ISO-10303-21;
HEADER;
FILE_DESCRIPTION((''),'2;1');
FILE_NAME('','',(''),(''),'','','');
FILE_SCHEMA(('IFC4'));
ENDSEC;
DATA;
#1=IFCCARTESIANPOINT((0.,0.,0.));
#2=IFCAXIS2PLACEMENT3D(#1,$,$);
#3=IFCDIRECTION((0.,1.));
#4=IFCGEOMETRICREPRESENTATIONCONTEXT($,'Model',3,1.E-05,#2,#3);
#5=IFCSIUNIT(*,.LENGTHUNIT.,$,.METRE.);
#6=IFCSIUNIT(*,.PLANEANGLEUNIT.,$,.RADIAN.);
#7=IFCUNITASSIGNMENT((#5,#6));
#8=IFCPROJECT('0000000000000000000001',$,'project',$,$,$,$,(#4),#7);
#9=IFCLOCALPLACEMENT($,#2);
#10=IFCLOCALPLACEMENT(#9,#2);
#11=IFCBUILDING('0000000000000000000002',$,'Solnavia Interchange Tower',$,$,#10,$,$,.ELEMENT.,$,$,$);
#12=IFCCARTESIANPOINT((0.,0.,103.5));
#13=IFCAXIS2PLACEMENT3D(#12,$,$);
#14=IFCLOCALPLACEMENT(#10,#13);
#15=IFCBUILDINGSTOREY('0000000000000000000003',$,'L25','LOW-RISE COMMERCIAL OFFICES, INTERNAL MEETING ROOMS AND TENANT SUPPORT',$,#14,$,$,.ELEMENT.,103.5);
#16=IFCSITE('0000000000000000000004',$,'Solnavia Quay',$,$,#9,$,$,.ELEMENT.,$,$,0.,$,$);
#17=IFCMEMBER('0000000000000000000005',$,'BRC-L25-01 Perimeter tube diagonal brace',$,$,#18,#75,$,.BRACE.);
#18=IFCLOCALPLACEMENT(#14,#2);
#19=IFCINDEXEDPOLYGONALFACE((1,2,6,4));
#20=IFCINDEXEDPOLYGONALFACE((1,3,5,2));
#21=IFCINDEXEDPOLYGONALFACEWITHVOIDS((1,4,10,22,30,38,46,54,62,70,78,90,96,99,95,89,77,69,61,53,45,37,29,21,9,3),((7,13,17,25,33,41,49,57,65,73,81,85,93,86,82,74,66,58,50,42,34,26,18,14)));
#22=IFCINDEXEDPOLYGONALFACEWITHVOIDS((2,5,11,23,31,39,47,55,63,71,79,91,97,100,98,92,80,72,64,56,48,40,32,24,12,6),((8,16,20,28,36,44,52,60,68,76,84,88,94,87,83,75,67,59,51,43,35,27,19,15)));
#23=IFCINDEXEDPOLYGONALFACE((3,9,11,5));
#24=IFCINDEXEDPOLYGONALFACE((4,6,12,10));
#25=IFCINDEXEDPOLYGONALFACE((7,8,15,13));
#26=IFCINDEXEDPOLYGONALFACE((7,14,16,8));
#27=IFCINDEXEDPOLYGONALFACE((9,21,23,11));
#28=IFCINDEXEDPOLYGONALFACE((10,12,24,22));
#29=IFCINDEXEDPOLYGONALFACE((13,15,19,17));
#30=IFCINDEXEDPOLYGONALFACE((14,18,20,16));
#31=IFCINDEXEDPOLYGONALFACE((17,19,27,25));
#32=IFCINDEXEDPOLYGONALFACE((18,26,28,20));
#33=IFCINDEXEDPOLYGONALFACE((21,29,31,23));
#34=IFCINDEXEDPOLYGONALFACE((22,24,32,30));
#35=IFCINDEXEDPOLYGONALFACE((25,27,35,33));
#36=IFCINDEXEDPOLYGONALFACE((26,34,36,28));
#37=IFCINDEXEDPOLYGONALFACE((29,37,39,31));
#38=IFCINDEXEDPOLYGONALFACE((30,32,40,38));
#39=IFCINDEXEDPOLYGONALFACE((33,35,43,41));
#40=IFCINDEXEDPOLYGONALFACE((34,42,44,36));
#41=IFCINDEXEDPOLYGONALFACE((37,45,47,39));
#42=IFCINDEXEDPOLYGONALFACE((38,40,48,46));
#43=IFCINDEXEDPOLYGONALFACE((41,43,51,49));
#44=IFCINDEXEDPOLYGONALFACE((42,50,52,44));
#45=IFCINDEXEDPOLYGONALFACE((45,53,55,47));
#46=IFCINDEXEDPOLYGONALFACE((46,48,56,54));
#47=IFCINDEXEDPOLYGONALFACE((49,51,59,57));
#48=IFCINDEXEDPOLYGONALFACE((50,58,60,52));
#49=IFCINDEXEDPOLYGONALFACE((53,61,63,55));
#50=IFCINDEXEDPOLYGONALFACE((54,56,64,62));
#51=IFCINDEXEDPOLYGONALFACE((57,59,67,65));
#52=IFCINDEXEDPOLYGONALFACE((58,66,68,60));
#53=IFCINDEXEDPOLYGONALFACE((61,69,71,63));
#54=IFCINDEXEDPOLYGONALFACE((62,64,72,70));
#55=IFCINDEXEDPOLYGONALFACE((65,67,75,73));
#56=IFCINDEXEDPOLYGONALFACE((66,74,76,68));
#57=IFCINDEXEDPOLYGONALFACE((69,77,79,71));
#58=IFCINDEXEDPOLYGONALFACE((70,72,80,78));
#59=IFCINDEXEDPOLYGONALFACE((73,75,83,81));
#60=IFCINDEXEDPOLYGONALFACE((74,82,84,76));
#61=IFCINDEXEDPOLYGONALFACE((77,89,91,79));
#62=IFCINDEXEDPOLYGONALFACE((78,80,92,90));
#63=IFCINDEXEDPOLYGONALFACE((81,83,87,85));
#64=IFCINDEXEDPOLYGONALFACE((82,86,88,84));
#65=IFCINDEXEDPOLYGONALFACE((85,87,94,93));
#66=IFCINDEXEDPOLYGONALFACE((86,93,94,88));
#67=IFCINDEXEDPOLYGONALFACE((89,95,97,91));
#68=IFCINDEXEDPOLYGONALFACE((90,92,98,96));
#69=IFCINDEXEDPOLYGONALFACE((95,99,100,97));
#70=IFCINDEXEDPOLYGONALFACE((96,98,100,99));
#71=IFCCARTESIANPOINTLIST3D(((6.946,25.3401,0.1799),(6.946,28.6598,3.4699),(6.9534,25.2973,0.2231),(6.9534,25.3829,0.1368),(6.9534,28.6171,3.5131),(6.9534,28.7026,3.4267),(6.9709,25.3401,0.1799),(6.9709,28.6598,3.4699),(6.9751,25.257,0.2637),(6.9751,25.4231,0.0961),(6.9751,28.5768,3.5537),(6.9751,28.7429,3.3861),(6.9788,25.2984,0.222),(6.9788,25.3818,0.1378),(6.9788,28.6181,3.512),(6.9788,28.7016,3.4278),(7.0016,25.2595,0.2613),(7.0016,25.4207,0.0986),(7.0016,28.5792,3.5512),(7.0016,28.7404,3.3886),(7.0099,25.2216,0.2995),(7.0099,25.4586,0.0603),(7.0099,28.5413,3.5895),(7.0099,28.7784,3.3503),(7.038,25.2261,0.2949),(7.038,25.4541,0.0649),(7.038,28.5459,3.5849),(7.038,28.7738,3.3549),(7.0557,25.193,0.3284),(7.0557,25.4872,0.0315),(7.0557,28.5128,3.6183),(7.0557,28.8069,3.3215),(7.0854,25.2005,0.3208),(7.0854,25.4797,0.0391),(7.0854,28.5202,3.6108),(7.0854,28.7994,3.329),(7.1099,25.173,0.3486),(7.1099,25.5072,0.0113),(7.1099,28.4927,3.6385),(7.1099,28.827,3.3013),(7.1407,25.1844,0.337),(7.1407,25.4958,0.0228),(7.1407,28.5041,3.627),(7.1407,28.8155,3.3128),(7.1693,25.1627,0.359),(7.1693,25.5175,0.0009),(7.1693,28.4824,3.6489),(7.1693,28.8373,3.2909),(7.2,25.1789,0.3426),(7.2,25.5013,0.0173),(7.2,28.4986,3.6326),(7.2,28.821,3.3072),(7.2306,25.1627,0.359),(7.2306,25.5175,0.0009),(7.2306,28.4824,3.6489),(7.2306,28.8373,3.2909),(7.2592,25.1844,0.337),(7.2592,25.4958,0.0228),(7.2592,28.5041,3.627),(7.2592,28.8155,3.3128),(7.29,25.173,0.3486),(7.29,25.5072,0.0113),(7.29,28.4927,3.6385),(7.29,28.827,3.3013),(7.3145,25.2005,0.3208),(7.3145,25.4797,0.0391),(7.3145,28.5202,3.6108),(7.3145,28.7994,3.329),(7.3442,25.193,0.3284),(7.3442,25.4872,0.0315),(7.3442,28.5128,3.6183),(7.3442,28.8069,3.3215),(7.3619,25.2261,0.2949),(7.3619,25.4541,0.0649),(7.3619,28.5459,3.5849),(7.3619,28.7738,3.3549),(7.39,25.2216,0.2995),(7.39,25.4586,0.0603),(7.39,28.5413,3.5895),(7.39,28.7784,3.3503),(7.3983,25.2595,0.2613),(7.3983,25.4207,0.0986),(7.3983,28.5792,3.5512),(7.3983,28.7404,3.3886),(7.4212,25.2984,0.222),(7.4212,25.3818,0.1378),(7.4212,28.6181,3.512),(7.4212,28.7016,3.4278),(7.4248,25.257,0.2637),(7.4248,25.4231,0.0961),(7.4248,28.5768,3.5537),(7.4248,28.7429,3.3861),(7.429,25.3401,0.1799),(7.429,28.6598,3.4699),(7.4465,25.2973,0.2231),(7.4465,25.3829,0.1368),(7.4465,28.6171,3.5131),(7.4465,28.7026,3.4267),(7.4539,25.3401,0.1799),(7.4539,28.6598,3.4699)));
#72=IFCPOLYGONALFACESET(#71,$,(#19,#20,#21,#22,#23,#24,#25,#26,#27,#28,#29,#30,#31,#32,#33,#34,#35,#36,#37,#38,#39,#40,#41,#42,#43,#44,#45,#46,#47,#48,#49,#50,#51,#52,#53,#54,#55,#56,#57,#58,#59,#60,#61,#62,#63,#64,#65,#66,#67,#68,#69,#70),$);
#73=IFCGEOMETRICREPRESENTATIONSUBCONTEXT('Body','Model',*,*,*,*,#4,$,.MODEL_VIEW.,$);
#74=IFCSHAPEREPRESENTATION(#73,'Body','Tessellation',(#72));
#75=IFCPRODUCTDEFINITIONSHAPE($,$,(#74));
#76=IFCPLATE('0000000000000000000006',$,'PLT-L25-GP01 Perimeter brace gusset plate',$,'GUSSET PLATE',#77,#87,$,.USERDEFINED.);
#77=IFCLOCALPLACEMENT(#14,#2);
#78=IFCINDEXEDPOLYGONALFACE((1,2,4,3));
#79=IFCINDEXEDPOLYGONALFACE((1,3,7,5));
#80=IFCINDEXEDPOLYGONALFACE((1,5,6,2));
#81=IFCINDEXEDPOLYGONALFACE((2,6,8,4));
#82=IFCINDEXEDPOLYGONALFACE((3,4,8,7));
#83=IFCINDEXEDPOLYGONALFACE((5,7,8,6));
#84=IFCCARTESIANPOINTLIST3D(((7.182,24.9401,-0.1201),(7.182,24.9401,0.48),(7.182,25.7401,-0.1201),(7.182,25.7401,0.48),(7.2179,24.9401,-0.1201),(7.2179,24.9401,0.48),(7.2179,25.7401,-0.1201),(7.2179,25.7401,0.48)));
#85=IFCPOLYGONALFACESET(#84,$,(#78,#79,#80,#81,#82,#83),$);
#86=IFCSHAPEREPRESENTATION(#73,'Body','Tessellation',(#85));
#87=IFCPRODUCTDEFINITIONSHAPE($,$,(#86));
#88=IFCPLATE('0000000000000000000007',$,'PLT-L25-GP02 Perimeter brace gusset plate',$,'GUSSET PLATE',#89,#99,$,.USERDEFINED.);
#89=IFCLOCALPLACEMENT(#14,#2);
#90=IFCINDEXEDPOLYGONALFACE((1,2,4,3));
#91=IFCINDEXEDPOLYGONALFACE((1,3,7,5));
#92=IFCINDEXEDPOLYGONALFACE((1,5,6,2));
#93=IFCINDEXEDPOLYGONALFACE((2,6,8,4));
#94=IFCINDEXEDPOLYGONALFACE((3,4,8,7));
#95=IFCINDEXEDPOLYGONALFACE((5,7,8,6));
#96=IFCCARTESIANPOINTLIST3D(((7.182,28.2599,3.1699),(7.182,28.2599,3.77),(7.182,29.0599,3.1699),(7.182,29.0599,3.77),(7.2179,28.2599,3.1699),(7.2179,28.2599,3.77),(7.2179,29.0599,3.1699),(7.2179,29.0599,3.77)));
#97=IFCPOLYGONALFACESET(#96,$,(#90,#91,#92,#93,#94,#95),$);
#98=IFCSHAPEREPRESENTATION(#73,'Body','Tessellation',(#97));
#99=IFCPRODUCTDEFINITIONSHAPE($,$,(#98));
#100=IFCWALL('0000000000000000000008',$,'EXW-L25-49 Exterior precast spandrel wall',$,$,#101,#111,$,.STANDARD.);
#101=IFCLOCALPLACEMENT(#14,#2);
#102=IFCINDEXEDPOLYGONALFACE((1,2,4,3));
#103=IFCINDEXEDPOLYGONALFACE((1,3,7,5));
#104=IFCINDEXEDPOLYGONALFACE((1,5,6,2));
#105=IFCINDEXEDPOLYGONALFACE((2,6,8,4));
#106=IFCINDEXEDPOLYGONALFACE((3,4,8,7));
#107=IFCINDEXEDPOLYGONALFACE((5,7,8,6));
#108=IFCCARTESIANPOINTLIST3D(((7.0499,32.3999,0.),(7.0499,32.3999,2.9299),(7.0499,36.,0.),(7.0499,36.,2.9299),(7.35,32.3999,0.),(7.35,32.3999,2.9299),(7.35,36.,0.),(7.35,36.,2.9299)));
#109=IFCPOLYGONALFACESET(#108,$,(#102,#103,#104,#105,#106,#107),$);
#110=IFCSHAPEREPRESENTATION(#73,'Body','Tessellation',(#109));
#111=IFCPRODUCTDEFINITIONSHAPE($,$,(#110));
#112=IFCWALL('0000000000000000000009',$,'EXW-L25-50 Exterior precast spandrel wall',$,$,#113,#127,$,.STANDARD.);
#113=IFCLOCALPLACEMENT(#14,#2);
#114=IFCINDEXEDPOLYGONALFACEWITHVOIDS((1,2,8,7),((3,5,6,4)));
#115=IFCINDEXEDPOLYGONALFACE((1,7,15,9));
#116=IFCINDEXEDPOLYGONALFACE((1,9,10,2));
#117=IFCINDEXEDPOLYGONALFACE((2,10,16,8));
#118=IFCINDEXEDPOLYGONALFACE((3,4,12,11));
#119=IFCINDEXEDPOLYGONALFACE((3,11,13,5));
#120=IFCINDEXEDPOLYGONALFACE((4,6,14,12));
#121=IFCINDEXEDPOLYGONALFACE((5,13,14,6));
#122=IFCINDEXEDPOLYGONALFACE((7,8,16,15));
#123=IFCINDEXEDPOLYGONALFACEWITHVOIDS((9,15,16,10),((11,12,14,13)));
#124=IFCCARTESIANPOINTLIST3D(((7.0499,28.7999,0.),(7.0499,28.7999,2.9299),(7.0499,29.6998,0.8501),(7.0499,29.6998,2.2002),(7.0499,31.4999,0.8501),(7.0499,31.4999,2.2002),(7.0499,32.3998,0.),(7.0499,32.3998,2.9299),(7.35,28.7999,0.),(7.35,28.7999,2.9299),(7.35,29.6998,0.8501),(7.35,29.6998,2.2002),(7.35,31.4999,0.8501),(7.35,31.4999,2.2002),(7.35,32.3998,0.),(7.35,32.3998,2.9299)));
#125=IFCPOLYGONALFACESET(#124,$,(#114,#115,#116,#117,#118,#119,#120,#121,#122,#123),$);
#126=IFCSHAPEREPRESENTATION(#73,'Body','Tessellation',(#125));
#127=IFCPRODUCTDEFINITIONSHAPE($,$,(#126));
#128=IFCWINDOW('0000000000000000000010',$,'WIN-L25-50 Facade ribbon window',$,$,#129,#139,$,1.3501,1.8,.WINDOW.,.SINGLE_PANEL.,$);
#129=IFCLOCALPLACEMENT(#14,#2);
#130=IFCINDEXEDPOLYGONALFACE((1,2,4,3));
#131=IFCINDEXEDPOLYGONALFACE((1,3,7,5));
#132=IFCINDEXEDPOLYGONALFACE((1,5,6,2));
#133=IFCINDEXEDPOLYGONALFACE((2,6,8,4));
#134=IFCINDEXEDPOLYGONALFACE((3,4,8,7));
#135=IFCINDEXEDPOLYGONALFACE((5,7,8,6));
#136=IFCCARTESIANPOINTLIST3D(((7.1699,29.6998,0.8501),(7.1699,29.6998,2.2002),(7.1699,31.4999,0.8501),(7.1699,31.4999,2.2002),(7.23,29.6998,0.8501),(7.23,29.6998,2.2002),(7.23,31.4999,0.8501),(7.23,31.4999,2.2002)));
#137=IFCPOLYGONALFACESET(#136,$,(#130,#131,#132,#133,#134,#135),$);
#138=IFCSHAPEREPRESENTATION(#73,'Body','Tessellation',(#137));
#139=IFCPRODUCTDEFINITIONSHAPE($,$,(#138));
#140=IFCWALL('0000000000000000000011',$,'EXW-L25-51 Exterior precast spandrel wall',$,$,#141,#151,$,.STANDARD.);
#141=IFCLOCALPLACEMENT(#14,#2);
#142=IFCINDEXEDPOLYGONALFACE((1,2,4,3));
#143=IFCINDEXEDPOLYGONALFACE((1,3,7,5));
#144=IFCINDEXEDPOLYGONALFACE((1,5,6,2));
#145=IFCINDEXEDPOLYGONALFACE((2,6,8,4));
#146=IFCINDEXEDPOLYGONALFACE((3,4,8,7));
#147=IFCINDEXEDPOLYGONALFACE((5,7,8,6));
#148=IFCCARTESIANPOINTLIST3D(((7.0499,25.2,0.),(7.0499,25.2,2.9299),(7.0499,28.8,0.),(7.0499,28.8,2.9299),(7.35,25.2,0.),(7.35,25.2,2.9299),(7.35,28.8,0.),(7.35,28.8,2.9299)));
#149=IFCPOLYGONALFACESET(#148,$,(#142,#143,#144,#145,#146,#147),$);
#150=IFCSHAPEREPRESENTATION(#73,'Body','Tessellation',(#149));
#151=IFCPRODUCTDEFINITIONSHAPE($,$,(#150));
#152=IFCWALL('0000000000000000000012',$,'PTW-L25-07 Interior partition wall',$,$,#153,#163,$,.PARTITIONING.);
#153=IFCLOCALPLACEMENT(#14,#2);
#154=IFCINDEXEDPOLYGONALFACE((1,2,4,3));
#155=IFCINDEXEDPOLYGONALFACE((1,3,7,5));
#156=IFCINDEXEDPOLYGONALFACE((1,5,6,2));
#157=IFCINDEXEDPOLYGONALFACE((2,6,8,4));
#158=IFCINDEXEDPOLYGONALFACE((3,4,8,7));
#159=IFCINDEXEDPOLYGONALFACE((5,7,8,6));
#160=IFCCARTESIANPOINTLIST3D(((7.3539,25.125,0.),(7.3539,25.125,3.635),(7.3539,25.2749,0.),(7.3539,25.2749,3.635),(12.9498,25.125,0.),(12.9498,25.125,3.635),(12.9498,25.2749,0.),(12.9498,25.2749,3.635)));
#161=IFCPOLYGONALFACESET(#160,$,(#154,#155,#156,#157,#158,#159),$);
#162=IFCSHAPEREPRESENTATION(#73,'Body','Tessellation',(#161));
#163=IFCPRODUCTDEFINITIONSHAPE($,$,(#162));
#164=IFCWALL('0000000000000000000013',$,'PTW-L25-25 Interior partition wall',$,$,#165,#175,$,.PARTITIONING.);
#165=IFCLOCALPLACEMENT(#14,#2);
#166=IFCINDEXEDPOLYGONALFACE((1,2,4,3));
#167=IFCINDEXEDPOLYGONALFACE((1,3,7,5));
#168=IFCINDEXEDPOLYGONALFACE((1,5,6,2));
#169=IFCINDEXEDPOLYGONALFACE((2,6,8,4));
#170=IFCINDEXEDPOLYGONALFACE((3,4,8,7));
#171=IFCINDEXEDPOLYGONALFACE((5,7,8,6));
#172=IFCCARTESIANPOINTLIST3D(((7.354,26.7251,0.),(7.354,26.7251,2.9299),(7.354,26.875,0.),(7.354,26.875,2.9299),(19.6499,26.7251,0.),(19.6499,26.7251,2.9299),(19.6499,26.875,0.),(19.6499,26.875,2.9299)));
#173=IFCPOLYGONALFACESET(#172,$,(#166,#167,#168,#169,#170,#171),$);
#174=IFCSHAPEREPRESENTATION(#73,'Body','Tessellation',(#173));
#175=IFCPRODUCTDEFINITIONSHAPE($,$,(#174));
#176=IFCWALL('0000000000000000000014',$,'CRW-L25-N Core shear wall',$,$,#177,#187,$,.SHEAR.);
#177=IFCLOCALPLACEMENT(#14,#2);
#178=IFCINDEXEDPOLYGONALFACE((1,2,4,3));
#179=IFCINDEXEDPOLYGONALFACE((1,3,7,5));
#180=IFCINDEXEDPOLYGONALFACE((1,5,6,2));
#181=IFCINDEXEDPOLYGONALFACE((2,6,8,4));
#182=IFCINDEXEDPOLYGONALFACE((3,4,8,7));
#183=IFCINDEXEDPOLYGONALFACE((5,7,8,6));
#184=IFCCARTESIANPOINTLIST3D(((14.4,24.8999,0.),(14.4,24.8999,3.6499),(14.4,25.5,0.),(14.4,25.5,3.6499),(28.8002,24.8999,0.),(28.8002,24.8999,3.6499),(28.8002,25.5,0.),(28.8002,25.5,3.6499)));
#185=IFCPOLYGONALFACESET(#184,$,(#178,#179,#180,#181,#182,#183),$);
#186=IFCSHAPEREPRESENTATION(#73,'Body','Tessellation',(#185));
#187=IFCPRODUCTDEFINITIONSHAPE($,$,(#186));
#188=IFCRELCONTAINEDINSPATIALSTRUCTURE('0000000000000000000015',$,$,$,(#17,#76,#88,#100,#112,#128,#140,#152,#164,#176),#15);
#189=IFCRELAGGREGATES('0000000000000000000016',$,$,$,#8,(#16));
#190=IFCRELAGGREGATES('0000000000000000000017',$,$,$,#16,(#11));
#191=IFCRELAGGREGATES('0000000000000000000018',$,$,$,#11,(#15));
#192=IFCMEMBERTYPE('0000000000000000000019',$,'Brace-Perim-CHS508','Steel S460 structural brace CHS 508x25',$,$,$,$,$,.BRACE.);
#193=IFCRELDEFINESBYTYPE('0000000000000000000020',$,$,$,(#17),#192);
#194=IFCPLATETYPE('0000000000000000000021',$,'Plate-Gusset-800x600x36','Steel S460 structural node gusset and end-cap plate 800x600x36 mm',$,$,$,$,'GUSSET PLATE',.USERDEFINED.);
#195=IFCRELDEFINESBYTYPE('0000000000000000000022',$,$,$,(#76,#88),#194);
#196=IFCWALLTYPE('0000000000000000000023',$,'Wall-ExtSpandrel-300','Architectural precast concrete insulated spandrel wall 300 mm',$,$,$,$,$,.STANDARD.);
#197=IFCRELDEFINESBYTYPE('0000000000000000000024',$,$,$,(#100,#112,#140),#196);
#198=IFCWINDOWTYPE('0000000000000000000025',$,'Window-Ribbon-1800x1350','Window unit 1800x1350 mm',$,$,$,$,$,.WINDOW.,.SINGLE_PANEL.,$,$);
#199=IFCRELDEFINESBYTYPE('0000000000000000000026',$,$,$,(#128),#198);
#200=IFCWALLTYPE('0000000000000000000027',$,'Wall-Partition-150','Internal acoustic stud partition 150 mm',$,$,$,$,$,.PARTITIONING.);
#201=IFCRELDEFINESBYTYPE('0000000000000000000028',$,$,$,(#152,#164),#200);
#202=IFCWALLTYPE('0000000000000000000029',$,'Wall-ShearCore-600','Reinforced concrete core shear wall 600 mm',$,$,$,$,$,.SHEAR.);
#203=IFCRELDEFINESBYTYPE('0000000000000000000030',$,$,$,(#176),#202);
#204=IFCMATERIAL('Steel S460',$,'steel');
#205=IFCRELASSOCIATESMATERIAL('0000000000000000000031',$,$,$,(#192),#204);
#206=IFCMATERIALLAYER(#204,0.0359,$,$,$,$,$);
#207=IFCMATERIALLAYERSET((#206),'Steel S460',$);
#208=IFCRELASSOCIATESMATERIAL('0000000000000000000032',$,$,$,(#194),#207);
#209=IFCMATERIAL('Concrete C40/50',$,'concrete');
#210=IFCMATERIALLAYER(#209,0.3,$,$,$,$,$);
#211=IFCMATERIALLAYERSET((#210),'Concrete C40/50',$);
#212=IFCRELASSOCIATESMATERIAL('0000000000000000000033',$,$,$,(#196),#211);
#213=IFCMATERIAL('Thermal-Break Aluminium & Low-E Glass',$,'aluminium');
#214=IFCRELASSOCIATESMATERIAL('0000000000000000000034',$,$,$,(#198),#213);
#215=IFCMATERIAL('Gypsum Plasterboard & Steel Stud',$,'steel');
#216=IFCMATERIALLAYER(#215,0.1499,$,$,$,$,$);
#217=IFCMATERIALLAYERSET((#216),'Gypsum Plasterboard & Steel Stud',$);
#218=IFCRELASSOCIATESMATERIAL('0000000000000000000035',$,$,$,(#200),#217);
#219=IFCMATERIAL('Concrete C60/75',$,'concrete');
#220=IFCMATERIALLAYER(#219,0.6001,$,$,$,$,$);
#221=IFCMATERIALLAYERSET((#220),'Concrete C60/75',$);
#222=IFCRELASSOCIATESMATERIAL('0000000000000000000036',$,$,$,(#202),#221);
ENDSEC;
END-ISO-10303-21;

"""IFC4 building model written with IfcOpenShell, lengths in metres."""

from ifc_helpers import new_model, si_unit, direction, frame, frame_2d, origin, origin_2d, place, context, subcontext, project, spatial, rectangle, hollow_circle, extrude, material, layer, layer_set, material_profile, profile_set, type_object, element, fill, save


model = new_model("IFC4")

# Units and contexts
model_context = context("Model", 3, precision=1e-05, world=origin(), true_north=direction((0.0, 1.0)))
body_context = subcontext(model_context, "Body", "Model", "MODEL_VIEW")
ifc_project = project(units=[si_unit("LENGTHUNIT", "METRE"), si_unit("PLANEANGLEUNIT", "RADIAN")], contexts=[model_context])

# Site, building, storey
site_placement = place(None, origin())
site = spatial("IfcSite", under=ifc_project, at=site_placement, Name="Solnavia Quay", CompositionType="ELEMENT", RefElevation=0.0)
building_placement = place(site_placement, origin())
building = spatial("IfcBuilding", under=site, at=building_placement, Name="Solnavia Interchange Tower", CompositionType="ELEMENT")
storey_placement = place(building_placement, frame((0.0, 0.0, 103.5)))
storey = spatial("IfcBuildingStorey", under=building, at=storey_placement, Name="L25", Description="LOW-RISE COMMERCIAL OFFICES, INTERNAL MEETING ROOMS AND TENANT SUPPORT", CompositionType="ELEMENT", Elevation=103.5)

# Member
ifc_material_1 = material(Name="Steel S460", Category="steel")
ifc_material_profile_1 = material_profile(ifc_material_1, hollow_circle(Radius=0.2539, WallThickness=0.0249, at=origin_2d()), Name="CHS 508x25")
ifc_profile_set_1 = profile_set([ifc_material_profile_1], Name="Steel S460")
member_type = type_object("IfcMemberType", Name="Brace-Perim-CHS508", Description="Steel S460 structural brace CHS 508x25", PredefinedType="BRACE", material=ifc_profile_set_1)
member_placement = place(storey_placement, frame((7.2, 25.3401, 0.1799), z_axis=(0.0, 0.710286, 0.703913), x_axis=(-1.0, 0.0, 0.0)))
element("IfcMember", 1, at=member_placement, inside=storey, type_object=member_type, Name="BRC-L25-01 Perimeter tube diagonal brace", PredefinedType="BRACE", context=body_context, shape_type="SweptSolid", body=[
    extrude(hollow_circle(Radius=0.2539, WallThickness=0.0249, at=origin_2d()), origin(), (0.0, 0.0, 1.0), 4.6738),
])

# Plates
ifc_layer_1 = layer(ifc_material_1, 0.0359)
ifc_layer_set_1 = layer_set([ifc_layer_1], Name="Steel S460")
plate_type = type_object("IfcPlateType", Name="Plate-Gusset-800x600x36", Description="Steel S460 structural node gusset and end-cap plate 800x600x36 mm", ElementType="GUSSET PLATE", PredefinedType="USERDEFINED", material=ifc_layer_set_1)
for number, where, z_axis, x_axis, name in (
    (2, (7.2, 25.3401, -0.1201), (0.0, 0.0, 1.0), (0.0, 1.0, 0.0), "PLT-L25-GP01 Perimeter brace gusset plate"),
    (3, (7.2, 28.6599, 3.1699), (0.0, 0.0, 1.0), (0.0, 1.0, 0.0), "PLT-L25-GP02 Perimeter brace gusset plate"),
):
    element("IfcPlate", number, at=place(storey_placement, frame(where, z_axis=z_axis, x_axis=x_axis)), inside=storey, type_object=plate_type, Name=name, ObjectType="GUSSET PLATE", PredefinedType="USERDEFINED", context=body_context, shape_type="SweptSolid", body=[
        extrude(rectangle(XDim=0.8, YDim=0.0359, at=origin_2d()), origin(), (0.0, 0.0, 1.0), 0.6001),
    ])

# Wall
ifc_material_2 = material(Name="Concrete C40/50", Category="concrete")
ifc_layer_2 = layer(ifc_material_2, 0.3)
ifc_layer_set_2 = layer_set([ifc_layer_2], Name="Concrete C40/50")
wall_type_1 = type_object("IfcWallType", Name="Wall-ExtSpandrel-300", Description="Architectural precast concrete insulated spandrel wall 300 mm", PredefinedType="STANDARD", material=ifc_layer_set_2)
wall_1_placement = place(storey_placement, frame((7.2, 32.3999, 0.0), z_axis=(0.0, 0.0, 1.0), x_axis=(0.0, 1.0, 0.0)))
element("IfcWall", 4, at=wall_1_placement, inside=storey, type_object=wall_type_1, Name="EXW-L25-49 Exterior precast spandrel wall", PredefinedType="STANDARD", context=body_context, shape_type="SweptSolid", body=[
    extrude(rectangle(XDim=3.6001, YDim=0.3, at=frame_2d((1.8, 0.0))), origin(), (0.0, 0.0, 1.0), 2.9299),
])

# Wall, opening, window
wall_2_placement = place(storey_placement, frame((7.2, 28.8, 0.0), z_axis=(0.0, 0.0, 1.0), x_axis=(0.0, 1.0, 0.0)))
wall_2 = element("IfcWall", 5, at=wall_2_placement, inside=storey, type_object=wall_type_1, Name="EXW-L25-50 Exterior precast spandrel wall", PredefinedType="STANDARD", context=body_context, shape_type="SweptSolid", body=[
    extrude(rectangle(XDim=3.5999, YDim=0.3, at=frame_2d((1.7998, 0.0))), origin(), (0.0, 0.0, 1.0), 2.9299),
])
opening_placement = place(wall_2_placement, frame((0.8999, 0.0, 0.8501)))
opening = element("IfcOpeningElement", 6, at=opening_placement, cuts=wall_2, PredefinedType="OPENING", context=body_context, shape_type="SweptSolid", body=[
    extrude(rectangle(XDim=1.8, YDim=1.3501, at=frame_2d((0.8999, 0.675))), frame((0.0, 0.1602, 0.0), z_axis=(0.0, -1.0, 0.0), x_axis=(1.0, 0.0, 0.0)), (0.0, 0.0, 1.0), 0.3201),
])
ifc_material_3 = material(Name="Thermal-Break Aluminium & Low-E Glass", Category="aluminium")
window_type = type_object("IfcWindowType", Name="Window-Ribbon-1800x1350", Description="Window unit 1800x1350 mm", PartitioningType="SINGLE_PANEL", PredefinedType="WINDOW", material=ifc_material_3)
window_placement = place(opening_placement, origin())
window = element("IfcWindow", 7, at=window_placement, inside=storey, type_object=window_type, Name="WIN-L25-50 Facade ribbon window", OverallHeight=1.3501, OverallWidth=1.8, PartitioningType="SINGLE_PANEL", PredefinedType="WINDOW", context=body_context, shape_type="SweptSolid", body=[
    extrude(rectangle(XDim=1.8, YDim=1.3501, at=frame_2d((0.8999, 0.675))), frame((0.0, 0.03, 0.0), z_axis=(0.0, -1.0, 0.0), x_axis=(1.0, 0.0, 0.0)), (0.0, 0.0, 1.0), 0.0601),
])
fill(opening, window)

# Walls
wall_3_placement = place(storey_placement, frame((7.2, 25.2, 0.0), z_axis=(0.0, 0.0, 1.0), x_axis=(0.0, 1.0, 0.0)))
element("IfcWall", 8, at=wall_3_placement, inside=storey, type_object=wall_type_1, Name="EXW-L25-51 Exterior precast spandrel wall", PredefinedType="STANDARD", context=body_context, shape_type="SweptSolid", body=[
    extrude(rectangle(XDim=3.6001, YDim=0.3, at=frame_2d((1.8, 0.0))), origin(), (0.0, 0.0, 1.0), 2.9299),
])
ifc_material_4 = material(Name="Gypsum Plasterboard & Steel Stud", Category="steel")
ifc_layer_3 = layer(ifc_material_4, 0.1499)
ifc_layer_set_3 = layer_set([ifc_layer_3], Name="Gypsum Plasterboard & Steel Stud")
wall_type_2 = type_object("IfcWallType", Name="Wall-Partition-150", Description="Internal acoustic stud partition 150 mm", PredefinedType="PARTITIONING", material=ifc_layer_set_3)
wall_4_placement = place(storey_placement, frame((7.354, 25.2, 0.0), z_axis=(0.0, 0.0, 1.0), x_axis=(1.0, 0.0, 0.0)))
element("IfcWall", 9, at=wall_4_placement, inside=storey, type_object=wall_type_2, Name="PTW-L25-07 Interior partition wall", PredefinedType="PARTITIONING", context=body_context, shape_type="SweptSolid", body=[
    extrude(rectangle(XDim=5.5959, YDim=0.1499, at=frame_2d((2.7979, 0.0))), origin(), (0.0, 0.0, 1.0), 3.635),
])
wall_5_placement = place(storey_placement, frame((7.354, 26.8, 0.0), z_axis=(0.0, 0.0, 1.0), x_axis=(1.0, 0.0, 0.0)))
element("IfcWall", 10, at=wall_5_placement, inside=storey, type_object=wall_type_2, Name="PTW-L25-25 Interior partition wall", PredefinedType="PARTITIONING", context=body_context, shape_type="SweptSolid", body=[
    extrude(rectangle(XDim=12.2959, YDim=0.1499, at=frame_2d((6.1479, 0.0))), origin(), (0.0, 0.0, 1.0), 2.9299),
])
ifc_material_5 = material(Name="Concrete C60/75", Category="concrete")
ifc_layer_4 = layer(ifc_material_5, 0.6001)
ifc_layer_set_4 = layer_set([ifc_layer_4], Name="Concrete C60/75")
wall_type_3 = type_object("IfcWallType", Name="Wall-ShearCore-600", Description="Reinforced concrete core shear wall 600 mm", PredefinedType="SHEAR", material=ifc_layer_set_4)
wall_6_placement = place(storey_placement, frame((14.3999, 25.2, 0.0), z_axis=(0.0, 0.0, 1.0), x_axis=(1.0, 0.0, 0.0)))
element("IfcWall", 11, at=wall_6_placement, inside=storey, type_object=wall_type_3, Name="CRW-L25-N Core shear wall", PredefinedType="SHEAR", context=body_context, shape_type="SweptSolid", body=[
    extrude(rectangle(XDim=14.4001, YDim=0.6001, at=frame_2d((7.2002, 0.0))), origin(), (0.0, 0.0, 1.0), 3.6499),
])

save(model, "model.ifc")
